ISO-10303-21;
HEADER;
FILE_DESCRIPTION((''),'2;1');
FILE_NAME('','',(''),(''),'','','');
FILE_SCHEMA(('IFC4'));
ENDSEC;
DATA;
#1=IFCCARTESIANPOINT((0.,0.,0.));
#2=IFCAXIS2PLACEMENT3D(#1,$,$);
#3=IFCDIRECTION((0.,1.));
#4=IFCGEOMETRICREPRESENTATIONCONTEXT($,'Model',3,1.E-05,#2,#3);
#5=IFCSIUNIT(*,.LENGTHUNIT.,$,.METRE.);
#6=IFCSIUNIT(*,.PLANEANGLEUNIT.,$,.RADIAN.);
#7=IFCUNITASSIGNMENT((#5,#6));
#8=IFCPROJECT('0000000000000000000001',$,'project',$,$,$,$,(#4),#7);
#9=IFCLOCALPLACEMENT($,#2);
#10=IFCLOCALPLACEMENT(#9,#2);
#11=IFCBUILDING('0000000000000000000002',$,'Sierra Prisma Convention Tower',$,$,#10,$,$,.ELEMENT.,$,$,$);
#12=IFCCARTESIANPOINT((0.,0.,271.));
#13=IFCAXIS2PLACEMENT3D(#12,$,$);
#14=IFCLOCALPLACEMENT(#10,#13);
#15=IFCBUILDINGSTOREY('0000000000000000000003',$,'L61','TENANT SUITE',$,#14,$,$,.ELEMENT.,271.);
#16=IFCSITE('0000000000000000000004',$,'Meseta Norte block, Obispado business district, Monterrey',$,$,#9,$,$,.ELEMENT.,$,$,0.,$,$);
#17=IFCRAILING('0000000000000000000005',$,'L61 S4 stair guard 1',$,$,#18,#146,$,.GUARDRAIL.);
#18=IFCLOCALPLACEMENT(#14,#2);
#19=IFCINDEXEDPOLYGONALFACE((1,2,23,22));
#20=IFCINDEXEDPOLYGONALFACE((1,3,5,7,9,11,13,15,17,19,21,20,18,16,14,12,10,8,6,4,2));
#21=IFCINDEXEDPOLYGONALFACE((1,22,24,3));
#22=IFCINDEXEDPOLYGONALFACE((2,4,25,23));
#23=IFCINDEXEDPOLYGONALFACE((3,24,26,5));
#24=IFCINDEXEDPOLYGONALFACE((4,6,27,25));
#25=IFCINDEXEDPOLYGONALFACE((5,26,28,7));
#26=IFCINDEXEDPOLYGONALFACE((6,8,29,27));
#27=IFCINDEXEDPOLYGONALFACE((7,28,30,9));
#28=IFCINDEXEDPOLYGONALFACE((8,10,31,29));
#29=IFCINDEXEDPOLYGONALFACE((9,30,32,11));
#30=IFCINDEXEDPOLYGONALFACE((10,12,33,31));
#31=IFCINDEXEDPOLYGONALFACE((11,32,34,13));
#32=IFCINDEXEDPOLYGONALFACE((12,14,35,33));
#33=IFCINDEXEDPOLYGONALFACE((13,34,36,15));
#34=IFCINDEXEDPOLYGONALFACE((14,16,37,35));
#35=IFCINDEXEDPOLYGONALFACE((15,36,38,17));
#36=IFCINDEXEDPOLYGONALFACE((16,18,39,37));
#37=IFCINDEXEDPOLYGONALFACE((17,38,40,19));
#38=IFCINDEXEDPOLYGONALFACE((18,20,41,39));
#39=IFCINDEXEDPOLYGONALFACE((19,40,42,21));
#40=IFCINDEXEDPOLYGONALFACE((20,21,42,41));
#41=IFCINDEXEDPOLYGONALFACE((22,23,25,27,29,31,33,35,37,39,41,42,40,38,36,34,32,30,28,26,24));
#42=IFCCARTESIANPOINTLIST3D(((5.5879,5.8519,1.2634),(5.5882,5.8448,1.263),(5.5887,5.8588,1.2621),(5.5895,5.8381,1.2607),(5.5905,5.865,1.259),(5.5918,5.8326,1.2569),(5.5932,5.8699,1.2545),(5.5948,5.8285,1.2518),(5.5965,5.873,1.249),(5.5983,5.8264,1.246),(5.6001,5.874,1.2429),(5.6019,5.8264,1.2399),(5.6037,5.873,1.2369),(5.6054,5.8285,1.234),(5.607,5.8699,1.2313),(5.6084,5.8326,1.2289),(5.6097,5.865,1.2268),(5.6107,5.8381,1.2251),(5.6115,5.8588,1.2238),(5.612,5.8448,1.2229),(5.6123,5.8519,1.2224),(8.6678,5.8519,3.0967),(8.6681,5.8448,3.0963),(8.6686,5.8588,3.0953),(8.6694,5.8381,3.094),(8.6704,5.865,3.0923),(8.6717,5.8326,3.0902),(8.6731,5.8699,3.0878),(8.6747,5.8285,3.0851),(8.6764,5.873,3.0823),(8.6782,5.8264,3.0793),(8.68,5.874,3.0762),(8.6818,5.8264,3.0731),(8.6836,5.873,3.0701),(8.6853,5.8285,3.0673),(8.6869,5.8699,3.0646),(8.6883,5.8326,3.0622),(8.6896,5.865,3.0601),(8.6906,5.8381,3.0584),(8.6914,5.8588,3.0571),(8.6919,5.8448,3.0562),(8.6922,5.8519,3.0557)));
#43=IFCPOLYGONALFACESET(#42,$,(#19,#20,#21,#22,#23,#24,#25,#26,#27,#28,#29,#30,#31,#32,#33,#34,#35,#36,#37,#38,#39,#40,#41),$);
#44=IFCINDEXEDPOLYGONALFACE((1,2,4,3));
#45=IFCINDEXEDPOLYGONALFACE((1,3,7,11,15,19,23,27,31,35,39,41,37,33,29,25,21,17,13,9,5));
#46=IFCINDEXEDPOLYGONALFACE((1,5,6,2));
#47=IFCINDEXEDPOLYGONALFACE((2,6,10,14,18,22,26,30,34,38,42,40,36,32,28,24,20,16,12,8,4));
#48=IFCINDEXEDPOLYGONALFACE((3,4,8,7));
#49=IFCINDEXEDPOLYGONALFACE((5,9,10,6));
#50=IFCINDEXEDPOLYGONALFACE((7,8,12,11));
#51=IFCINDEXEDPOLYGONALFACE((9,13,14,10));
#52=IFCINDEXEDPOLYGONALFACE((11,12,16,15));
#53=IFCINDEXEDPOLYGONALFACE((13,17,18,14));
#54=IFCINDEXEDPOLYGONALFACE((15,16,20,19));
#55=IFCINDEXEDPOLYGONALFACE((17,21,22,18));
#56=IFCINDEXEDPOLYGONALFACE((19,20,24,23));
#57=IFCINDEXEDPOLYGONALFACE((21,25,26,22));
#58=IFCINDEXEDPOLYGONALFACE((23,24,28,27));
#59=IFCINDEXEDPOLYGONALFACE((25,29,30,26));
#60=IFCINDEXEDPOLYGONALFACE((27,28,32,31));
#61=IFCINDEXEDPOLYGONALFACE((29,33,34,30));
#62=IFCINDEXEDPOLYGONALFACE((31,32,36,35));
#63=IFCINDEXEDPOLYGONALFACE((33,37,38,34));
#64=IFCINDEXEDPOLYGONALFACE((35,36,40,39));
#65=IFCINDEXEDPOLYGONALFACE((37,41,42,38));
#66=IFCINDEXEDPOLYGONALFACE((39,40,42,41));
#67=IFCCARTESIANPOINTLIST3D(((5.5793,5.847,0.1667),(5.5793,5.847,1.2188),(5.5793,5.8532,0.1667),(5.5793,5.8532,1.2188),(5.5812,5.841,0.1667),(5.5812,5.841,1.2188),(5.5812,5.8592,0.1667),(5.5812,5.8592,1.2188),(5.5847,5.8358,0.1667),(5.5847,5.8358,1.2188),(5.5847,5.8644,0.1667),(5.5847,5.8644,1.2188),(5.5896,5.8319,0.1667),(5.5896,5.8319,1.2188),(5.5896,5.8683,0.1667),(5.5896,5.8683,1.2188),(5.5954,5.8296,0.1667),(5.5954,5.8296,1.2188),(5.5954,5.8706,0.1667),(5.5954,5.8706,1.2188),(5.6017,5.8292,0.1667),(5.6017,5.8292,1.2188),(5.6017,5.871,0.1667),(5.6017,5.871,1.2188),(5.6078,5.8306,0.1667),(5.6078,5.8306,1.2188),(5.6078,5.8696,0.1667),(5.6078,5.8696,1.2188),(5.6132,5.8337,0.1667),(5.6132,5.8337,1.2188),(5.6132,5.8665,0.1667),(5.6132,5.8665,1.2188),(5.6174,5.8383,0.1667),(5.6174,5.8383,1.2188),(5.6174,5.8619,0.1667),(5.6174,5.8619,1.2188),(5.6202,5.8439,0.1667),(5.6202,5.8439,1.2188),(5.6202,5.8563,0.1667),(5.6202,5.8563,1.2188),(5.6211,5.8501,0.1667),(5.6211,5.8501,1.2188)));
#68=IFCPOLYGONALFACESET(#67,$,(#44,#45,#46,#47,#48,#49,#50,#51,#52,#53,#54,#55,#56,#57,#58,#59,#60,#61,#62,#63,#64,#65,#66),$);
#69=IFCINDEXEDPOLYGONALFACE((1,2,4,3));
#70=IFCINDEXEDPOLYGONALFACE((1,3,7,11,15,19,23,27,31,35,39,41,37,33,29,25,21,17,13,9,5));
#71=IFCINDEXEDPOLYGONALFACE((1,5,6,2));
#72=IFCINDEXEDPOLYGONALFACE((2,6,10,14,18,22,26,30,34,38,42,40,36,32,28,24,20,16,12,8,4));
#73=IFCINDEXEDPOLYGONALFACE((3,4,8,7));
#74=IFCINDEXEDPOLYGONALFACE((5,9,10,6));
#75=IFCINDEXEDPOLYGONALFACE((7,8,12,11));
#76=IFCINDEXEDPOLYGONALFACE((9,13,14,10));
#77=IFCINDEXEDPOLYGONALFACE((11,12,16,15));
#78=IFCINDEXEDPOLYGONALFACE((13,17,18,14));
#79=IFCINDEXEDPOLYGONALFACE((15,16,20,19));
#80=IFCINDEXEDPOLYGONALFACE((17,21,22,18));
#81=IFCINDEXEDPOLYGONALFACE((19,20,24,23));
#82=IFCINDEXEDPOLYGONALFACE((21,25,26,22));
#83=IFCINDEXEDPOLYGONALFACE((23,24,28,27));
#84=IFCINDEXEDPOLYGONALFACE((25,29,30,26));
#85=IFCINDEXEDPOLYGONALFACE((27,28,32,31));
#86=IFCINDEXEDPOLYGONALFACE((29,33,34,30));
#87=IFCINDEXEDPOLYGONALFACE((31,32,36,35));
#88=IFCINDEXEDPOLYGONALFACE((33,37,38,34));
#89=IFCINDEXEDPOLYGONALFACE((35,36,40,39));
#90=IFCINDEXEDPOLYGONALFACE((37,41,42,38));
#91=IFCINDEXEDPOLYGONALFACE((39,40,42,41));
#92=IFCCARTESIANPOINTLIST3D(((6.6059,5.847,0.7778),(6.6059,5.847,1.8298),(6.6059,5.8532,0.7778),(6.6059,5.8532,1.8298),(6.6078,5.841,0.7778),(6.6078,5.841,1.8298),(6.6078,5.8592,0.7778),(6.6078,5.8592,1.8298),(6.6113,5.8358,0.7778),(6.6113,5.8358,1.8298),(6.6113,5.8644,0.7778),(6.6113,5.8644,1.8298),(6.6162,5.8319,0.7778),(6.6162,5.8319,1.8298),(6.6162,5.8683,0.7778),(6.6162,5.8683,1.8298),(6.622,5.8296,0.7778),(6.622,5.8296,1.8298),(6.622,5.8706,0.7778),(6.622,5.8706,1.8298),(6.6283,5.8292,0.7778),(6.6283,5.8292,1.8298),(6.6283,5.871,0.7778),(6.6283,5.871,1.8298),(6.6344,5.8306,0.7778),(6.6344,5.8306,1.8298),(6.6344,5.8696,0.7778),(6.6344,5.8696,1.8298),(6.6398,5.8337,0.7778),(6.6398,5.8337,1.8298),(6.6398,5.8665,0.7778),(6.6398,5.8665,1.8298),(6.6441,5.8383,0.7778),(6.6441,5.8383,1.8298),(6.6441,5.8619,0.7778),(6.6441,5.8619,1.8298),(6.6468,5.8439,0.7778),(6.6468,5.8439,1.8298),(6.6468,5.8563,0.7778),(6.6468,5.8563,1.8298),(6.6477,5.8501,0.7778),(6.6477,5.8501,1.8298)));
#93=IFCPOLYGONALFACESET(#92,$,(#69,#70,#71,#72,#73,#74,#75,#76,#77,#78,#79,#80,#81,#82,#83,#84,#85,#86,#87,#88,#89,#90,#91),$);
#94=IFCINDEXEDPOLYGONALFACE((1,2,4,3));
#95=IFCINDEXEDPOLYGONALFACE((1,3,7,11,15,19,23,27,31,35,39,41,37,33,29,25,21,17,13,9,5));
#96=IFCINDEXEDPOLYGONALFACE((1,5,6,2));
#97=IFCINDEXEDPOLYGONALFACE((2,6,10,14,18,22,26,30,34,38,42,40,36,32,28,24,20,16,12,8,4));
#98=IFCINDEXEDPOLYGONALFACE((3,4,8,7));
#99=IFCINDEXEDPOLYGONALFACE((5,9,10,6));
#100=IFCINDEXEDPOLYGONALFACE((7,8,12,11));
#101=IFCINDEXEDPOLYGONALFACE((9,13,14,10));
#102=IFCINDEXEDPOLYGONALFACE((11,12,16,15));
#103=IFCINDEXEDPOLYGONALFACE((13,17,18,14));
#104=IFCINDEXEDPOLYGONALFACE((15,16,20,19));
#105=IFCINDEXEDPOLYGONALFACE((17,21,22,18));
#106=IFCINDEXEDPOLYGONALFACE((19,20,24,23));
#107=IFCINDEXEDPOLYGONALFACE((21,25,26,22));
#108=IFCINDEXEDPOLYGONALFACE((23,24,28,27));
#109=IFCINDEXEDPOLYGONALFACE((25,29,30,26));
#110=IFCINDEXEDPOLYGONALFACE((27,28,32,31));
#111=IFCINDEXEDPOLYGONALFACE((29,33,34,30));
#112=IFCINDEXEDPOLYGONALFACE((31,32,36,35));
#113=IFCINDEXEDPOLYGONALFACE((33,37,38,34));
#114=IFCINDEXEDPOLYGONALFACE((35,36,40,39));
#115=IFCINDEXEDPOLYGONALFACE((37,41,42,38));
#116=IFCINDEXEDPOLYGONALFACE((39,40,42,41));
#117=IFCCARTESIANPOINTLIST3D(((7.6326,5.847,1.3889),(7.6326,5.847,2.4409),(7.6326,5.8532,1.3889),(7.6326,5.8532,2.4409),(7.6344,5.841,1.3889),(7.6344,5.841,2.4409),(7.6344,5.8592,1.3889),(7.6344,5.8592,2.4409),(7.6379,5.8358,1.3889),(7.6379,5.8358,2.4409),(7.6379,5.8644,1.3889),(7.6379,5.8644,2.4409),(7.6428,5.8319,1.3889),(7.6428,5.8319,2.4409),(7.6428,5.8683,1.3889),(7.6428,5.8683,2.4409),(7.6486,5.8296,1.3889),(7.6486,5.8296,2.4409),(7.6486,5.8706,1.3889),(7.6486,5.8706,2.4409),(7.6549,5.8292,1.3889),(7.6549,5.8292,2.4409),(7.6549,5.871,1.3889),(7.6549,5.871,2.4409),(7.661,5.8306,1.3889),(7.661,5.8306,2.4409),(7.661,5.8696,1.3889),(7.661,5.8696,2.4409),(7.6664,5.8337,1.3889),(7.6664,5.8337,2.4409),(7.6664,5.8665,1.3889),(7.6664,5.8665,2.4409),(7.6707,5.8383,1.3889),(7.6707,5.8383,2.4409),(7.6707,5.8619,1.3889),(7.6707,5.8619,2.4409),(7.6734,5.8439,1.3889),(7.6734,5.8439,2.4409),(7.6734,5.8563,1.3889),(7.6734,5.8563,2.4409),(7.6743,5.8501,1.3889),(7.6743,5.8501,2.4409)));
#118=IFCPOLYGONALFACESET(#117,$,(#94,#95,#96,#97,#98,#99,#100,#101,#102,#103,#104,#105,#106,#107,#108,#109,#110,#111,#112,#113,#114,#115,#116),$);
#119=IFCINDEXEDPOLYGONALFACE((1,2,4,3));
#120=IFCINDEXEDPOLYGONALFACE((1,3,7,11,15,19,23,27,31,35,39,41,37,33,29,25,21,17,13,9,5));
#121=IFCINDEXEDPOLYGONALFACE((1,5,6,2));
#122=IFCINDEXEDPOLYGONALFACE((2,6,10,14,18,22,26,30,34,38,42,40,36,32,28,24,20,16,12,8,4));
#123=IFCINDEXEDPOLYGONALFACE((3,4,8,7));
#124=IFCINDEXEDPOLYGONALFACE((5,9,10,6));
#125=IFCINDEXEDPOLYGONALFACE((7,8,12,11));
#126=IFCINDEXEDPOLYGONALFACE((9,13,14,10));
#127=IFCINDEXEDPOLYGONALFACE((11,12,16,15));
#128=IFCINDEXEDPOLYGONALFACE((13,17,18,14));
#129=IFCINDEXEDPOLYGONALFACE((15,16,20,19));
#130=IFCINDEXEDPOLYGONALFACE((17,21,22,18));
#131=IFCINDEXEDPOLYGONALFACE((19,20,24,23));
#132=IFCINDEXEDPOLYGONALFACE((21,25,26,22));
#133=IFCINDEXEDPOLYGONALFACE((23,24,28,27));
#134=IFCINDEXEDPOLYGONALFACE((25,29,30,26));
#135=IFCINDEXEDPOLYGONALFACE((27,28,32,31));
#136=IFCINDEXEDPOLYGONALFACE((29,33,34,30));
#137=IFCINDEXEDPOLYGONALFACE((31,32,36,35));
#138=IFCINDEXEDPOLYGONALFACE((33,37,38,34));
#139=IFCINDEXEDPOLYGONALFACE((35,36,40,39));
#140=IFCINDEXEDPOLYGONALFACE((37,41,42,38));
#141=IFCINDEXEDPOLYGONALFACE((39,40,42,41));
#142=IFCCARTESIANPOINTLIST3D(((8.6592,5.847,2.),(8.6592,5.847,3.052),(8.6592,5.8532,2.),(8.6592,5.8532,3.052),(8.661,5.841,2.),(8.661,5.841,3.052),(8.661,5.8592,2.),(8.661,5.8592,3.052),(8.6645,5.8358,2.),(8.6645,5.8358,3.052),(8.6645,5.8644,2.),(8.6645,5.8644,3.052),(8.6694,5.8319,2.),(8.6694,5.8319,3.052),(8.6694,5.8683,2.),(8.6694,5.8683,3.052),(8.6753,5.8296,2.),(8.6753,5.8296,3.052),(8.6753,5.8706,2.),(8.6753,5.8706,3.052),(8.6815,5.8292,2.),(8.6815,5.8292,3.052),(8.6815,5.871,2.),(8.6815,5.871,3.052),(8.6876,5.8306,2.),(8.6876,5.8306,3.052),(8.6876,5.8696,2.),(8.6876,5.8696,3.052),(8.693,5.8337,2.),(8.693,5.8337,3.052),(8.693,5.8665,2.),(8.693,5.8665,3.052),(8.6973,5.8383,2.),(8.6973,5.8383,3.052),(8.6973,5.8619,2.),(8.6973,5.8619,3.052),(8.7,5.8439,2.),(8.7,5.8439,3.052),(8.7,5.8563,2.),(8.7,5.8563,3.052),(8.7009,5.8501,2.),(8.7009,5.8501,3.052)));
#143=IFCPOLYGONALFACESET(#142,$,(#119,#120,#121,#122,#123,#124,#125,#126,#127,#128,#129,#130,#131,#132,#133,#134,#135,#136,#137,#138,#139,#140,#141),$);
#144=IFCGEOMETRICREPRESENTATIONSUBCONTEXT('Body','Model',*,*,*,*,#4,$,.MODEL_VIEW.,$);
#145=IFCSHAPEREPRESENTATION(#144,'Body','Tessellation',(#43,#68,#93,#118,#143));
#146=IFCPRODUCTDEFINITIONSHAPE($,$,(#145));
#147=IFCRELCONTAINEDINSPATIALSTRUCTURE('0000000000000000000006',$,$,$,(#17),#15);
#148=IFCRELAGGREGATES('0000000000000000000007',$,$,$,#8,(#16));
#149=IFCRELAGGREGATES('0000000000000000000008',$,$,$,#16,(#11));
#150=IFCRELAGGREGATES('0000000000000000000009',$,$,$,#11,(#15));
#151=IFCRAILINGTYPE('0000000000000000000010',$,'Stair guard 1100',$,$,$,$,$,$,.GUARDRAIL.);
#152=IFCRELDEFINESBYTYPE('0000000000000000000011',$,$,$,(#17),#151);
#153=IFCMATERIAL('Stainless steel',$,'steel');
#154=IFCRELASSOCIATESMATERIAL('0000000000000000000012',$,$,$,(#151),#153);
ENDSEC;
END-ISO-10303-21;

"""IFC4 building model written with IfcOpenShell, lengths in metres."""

from ifc_helpers import new_model, si_unit, direction, frame, origin, origin_2d, place, context, subcontext, project, spatial, circle, extrude, material, type_object, element, save


model = new_model("IFC4")

# Units and contexts
model_context = context("Model", 3, precision=1e-05, world=origin(), true_north=direction((0.0, 1.0)))
body_context = subcontext(model_context, "Body", "Model", "MODEL_VIEW")
ifc_project = project(units=[si_unit("LENGTHUNIT", "METRE"), si_unit("PLANEANGLEUNIT", "RADIAN")], contexts=[model_context])

# Site, building, storey
site_placement = place(None, origin())
site = spatial("IfcSite", under=ifc_project, at=site_placement, Name="Meseta Norte block, Obispado business district, Monterrey", CompositionType="ELEMENT", RefElevation=0.0)
building_placement = place(site_placement, origin())
building = spatial("IfcBuilding", under=site, at=building_placement, Name="Sierra Prisma Convention Tower", CompositionType="ELEMENT")
storey_placement = place(building_placement, frame((0.0, 0.0, 271.0)))
storey = spatial("IfcBuildingStorey", under=building, at=storey_placement, Name="L61", Description="TENANT SUITE", CompositionType="ELEMENT", Elevation=271.0)

# Railing
ifc_material_1 = material(Name="Stainless steel", Category="steel")
railing_type_1 = type_object("IfcRailingType", Name="Stair guard 1100", PredefinedType="GUARDRAIL", material=ifc_material_1)
railing_1_placement = place(storey_placement, frame((5.6001, 5.8501, 0.1667)))
element("IfcRailing", 1, at=railing_1_placement, inside=storey, type_object=railing_type_1, Name="L61 S4 stair guard 1", PredefinedType="GUARDRAIL", context=body_context, shape_type="SweptSolid", body=[
    extrude(circle(Radius=0.0239, at=origin_2d()), frame((0.0, 0.0, 1.0762), z_axis=(0.859291, 0.0, 0.511487), x_axis=(0.0, 1.0, 0.0)), (0.0, 0.0, 1.0), 3.5842),
    extrude(circle(Radius=0.021, at=origin_2d()), origin(), (0.0, 0.0, 1.0), 1.052),
    extrude(circle(Radius=0.021, at=origin_2d()), frame((1.0266, 0.0, 0.6111)), (0.0, 0.0, 1.0), 1.052),
    extrude(circle(Radius=0.021, at=origin_2d()), frame((2.0532, 0.0, 1.2222)), (0.0, 0.0, 1.0), 1.052),
    extrude(circle(Radius=0.021, at=origin_2d()), frame((3.0798, 0.0, 1.8333)), (0.0, 0.0, 1.0), 1.052),
])

save(model, "model.ifc")
